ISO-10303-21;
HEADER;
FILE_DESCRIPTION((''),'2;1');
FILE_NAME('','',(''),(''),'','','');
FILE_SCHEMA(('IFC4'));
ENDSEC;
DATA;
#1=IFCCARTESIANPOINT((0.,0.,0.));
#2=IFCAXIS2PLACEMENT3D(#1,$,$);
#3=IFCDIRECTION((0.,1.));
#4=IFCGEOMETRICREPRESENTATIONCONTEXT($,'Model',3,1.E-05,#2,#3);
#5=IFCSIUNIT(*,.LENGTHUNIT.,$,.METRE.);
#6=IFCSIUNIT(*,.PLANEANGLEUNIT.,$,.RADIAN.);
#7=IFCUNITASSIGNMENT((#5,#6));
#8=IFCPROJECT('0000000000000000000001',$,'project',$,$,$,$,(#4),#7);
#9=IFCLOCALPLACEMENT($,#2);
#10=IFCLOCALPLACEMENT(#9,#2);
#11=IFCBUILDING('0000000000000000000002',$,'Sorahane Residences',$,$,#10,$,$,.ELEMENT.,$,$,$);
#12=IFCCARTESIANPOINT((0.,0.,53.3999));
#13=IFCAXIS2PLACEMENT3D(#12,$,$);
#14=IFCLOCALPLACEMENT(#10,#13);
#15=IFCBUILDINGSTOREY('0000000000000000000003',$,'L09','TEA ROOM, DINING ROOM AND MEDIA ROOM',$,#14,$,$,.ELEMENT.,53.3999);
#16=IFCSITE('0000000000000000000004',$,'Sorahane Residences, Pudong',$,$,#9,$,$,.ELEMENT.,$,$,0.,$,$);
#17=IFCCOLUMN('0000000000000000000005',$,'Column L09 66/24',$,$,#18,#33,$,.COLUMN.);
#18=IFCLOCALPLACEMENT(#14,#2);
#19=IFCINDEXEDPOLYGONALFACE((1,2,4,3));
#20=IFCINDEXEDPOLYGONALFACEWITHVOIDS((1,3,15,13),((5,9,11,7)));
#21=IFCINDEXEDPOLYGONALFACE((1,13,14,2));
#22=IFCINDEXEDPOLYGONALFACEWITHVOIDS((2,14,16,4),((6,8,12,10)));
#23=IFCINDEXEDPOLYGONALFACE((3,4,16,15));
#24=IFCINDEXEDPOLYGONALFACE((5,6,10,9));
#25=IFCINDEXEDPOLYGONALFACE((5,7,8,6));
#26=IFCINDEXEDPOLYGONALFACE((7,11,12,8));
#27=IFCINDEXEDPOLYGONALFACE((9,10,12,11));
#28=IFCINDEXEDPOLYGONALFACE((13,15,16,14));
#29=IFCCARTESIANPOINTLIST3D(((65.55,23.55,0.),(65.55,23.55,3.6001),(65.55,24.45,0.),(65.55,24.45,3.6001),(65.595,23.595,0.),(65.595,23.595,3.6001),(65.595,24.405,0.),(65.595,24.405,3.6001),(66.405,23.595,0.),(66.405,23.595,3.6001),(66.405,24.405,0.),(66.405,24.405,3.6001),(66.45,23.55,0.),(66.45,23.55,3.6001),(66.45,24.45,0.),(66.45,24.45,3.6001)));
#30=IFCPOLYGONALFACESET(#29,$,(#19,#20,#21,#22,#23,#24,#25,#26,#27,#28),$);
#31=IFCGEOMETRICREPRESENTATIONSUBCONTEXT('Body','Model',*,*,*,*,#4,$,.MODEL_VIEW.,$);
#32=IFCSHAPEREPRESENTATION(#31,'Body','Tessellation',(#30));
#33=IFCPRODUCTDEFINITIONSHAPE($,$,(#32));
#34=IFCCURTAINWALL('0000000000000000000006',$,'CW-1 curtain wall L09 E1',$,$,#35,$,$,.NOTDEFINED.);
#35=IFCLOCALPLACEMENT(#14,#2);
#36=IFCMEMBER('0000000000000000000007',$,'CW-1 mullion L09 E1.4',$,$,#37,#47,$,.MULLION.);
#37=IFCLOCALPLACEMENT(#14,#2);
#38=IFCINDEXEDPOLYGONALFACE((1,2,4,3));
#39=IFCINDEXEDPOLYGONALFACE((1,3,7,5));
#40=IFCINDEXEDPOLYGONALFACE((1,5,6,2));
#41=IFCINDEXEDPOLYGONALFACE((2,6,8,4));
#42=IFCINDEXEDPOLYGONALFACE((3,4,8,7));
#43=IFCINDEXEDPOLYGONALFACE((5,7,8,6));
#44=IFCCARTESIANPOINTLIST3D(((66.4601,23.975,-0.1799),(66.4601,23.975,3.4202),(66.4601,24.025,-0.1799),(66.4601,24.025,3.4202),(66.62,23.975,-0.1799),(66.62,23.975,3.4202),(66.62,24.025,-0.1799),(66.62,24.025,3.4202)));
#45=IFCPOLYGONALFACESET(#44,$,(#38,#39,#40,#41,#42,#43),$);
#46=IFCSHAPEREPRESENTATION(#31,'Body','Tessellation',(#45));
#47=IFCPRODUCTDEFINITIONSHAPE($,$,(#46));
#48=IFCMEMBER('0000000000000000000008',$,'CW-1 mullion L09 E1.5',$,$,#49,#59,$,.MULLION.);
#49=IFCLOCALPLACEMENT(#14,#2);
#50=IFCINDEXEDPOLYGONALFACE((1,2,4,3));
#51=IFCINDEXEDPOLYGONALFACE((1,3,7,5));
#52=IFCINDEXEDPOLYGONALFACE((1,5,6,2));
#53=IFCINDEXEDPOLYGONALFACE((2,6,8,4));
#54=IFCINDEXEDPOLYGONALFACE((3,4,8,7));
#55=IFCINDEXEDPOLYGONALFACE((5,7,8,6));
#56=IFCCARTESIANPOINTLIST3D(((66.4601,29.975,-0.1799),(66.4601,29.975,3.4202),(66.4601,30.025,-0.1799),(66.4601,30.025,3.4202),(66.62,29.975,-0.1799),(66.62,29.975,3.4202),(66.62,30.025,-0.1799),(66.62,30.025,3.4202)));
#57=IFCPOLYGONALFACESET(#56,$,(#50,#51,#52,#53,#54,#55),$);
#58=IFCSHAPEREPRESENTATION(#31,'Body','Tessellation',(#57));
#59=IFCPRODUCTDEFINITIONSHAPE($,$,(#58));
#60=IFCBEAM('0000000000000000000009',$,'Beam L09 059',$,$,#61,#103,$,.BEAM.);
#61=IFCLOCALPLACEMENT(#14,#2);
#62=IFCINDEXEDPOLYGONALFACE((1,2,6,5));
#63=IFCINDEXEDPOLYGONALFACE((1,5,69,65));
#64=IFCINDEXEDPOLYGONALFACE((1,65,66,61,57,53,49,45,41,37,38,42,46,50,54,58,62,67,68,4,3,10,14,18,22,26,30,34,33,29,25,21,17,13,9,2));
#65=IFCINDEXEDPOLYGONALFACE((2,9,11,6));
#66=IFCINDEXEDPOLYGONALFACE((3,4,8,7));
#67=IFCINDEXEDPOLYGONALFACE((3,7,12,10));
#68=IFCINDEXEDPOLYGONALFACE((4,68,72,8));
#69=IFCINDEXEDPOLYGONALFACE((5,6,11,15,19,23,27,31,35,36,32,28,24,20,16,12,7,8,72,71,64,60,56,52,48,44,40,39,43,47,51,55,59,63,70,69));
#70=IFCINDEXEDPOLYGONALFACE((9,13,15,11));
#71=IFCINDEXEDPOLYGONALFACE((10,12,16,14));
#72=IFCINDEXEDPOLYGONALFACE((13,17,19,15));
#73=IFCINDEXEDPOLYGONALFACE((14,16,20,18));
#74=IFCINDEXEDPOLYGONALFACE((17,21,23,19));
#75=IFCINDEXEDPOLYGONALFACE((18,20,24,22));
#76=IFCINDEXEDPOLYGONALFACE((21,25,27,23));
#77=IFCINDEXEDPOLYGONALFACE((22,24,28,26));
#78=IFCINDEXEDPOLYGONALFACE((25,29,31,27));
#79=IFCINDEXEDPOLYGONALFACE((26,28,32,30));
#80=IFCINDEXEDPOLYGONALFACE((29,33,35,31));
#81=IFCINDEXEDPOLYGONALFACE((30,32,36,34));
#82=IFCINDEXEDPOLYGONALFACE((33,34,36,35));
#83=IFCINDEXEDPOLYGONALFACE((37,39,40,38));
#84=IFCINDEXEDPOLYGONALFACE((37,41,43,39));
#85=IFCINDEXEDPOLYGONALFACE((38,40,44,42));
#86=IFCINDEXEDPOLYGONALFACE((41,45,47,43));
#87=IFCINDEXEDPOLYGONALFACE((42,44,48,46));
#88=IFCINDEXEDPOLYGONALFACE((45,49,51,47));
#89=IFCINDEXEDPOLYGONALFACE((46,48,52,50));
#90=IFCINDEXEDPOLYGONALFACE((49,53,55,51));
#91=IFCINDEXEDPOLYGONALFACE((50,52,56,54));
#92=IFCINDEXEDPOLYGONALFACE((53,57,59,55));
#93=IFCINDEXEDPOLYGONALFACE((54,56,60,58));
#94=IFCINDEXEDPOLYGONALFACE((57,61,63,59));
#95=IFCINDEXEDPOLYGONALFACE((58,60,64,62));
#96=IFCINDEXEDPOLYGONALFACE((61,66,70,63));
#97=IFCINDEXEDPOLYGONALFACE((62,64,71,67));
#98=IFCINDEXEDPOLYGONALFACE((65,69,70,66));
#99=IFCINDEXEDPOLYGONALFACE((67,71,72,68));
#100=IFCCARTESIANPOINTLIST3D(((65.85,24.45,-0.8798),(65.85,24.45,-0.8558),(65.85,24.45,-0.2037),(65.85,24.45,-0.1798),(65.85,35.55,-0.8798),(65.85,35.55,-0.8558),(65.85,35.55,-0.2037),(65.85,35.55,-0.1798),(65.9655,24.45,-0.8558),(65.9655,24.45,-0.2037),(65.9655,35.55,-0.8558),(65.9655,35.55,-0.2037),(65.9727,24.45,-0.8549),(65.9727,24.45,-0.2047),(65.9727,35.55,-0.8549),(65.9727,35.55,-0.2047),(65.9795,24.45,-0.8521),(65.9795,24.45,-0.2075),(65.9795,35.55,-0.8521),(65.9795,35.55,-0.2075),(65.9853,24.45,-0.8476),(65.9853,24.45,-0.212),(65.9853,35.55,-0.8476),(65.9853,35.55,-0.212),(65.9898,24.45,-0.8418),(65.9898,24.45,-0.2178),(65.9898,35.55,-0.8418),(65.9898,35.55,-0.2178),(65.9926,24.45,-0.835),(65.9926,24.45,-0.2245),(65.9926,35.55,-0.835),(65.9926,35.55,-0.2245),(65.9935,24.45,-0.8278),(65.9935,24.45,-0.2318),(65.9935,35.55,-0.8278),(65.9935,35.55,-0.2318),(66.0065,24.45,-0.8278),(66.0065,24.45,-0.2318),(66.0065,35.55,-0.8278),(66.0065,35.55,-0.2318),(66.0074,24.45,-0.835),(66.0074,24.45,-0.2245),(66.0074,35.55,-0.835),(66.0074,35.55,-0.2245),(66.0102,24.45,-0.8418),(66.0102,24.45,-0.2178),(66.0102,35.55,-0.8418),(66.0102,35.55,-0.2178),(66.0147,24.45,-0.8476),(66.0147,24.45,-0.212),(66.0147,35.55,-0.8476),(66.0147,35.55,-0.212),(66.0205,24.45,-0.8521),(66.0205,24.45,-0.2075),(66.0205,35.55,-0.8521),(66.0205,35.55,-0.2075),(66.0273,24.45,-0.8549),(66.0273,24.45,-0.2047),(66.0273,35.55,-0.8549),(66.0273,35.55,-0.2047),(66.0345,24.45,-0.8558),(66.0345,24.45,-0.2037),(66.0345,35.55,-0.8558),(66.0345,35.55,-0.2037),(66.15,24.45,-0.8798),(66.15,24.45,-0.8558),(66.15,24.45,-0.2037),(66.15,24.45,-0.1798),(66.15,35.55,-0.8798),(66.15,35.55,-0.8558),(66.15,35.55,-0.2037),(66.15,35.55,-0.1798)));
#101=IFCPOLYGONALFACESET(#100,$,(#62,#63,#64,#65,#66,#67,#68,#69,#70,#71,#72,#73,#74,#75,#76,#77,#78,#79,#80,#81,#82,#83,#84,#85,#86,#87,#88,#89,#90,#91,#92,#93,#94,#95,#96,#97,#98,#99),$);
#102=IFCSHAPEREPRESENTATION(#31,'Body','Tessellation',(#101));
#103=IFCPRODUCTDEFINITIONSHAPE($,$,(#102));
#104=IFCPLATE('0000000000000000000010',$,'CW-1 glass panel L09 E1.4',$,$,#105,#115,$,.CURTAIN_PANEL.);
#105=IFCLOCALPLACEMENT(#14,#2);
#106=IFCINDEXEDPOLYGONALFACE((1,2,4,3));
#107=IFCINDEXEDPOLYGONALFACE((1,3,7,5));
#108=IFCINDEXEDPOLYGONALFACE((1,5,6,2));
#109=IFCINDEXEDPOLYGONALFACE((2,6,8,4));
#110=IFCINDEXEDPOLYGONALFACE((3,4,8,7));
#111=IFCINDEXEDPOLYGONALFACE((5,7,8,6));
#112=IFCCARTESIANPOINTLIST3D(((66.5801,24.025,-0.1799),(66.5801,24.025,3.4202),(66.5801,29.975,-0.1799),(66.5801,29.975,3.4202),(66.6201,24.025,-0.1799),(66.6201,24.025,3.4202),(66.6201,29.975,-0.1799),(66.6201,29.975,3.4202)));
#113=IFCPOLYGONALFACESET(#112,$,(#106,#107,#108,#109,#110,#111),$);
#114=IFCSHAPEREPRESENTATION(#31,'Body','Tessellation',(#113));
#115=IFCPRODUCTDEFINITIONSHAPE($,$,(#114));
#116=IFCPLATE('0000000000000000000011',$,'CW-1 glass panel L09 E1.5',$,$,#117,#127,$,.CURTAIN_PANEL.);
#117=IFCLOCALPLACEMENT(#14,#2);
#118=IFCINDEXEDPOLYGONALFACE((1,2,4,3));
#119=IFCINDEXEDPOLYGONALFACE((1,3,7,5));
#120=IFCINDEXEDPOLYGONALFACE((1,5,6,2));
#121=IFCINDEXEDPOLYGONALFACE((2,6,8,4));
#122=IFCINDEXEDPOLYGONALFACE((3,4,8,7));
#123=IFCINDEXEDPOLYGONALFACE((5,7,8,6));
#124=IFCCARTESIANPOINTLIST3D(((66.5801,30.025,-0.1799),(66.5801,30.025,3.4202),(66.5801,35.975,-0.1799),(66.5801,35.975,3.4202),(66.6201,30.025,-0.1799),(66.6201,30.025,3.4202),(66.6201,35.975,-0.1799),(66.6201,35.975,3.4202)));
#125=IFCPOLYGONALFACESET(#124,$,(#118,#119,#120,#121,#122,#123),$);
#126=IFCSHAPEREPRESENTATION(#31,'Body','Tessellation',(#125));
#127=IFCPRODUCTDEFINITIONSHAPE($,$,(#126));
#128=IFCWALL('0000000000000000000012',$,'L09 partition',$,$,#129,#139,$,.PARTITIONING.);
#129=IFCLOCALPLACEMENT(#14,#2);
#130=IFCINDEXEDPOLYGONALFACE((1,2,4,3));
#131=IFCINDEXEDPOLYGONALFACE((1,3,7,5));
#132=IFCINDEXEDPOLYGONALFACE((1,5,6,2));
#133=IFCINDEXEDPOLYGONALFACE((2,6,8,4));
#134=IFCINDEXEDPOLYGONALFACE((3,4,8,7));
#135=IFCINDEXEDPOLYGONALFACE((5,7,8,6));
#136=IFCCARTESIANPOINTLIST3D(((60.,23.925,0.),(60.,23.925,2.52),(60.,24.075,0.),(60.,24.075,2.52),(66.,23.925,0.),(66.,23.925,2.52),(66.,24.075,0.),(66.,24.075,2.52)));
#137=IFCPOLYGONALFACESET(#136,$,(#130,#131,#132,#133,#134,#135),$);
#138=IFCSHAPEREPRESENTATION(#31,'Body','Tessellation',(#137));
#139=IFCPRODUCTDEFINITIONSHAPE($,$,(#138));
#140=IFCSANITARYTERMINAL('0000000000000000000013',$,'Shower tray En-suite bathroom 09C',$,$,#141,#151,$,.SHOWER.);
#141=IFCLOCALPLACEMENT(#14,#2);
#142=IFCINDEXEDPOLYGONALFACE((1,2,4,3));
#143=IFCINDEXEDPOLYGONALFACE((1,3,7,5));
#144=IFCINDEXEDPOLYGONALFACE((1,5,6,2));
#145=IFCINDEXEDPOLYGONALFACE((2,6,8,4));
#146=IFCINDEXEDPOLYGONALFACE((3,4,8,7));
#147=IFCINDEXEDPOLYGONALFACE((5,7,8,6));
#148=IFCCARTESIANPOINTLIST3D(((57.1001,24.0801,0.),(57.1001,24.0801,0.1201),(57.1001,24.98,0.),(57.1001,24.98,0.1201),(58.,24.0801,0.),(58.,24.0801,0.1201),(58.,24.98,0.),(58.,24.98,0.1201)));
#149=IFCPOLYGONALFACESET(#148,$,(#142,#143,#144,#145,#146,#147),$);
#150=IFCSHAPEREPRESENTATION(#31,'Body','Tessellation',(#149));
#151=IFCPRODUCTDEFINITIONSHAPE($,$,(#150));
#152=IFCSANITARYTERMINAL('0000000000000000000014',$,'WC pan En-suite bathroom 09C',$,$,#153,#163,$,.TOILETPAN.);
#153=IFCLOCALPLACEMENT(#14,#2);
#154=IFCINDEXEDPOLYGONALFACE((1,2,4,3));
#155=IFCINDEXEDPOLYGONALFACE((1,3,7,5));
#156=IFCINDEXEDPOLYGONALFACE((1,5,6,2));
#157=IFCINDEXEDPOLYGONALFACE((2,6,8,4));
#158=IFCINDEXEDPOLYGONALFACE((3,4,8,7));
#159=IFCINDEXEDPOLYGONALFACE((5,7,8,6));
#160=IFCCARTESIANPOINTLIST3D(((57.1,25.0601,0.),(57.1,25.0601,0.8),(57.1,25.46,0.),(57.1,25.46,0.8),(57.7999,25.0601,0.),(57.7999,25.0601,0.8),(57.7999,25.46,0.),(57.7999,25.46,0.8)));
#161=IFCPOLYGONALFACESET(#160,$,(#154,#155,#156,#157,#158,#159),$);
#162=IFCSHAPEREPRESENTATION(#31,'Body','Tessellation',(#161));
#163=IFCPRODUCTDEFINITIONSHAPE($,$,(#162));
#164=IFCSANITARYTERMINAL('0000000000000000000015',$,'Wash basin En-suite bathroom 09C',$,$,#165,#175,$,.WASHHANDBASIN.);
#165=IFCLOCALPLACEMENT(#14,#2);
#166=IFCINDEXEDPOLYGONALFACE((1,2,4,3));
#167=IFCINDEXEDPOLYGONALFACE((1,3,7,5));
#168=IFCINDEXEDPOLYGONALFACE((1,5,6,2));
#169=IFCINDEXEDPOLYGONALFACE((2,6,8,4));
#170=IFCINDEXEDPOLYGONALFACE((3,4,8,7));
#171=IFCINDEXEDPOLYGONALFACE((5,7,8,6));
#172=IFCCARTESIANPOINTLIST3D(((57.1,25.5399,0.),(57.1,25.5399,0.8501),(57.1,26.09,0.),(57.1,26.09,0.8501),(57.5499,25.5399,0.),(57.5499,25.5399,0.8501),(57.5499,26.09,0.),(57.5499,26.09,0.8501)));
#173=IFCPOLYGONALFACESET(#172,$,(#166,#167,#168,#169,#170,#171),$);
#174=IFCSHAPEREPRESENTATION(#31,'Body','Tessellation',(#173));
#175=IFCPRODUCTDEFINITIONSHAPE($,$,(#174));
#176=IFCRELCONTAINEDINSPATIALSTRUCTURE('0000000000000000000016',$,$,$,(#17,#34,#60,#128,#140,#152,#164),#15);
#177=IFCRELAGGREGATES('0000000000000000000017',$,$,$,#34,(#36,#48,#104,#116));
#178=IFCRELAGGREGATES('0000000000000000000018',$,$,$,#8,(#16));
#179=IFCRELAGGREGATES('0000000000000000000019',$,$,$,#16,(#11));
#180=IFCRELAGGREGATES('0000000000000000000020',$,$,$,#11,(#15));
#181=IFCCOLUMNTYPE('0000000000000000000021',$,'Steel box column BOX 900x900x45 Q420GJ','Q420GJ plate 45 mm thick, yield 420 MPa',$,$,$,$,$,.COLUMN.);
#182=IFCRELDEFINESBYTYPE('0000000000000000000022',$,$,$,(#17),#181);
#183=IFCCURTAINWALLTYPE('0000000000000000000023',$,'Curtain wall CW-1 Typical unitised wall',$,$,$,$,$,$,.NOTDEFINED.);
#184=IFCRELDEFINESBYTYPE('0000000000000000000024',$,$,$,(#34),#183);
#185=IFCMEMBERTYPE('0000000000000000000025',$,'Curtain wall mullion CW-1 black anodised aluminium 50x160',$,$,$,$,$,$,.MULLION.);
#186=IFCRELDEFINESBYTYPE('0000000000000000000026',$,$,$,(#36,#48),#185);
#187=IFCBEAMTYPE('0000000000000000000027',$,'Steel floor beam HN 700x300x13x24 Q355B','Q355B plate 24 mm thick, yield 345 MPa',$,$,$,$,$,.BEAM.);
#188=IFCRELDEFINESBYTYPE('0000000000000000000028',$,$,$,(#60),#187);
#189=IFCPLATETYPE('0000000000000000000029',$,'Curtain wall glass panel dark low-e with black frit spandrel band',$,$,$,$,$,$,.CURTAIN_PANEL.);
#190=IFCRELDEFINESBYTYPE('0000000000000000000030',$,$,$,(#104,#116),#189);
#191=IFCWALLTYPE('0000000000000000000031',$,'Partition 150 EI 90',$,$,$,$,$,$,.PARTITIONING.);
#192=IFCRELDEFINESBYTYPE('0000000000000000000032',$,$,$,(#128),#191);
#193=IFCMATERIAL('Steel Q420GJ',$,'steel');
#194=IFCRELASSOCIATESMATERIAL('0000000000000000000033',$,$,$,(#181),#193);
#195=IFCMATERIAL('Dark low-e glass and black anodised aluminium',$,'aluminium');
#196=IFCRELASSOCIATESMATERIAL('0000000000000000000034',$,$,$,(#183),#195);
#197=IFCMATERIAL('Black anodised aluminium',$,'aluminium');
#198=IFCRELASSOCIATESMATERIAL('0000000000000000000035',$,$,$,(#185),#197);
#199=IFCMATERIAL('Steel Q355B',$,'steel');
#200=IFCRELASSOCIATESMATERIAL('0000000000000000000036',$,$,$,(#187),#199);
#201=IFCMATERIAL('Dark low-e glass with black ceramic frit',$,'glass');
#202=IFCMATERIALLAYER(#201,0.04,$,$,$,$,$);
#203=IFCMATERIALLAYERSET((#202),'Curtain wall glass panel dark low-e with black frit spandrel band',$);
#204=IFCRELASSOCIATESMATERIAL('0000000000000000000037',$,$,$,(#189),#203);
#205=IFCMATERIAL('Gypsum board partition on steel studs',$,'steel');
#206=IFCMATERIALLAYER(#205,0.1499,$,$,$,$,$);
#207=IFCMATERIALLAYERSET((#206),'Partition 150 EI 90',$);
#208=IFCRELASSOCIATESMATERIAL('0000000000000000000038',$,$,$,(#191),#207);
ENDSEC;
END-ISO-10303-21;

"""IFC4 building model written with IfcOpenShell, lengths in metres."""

from ifc_helpers import new_model, si_unit, direction, frame, frame_2d, origin, origin_2d, place, context, subcontext, project, spatial, rectangle, hollow_rectangle, i_section, extrude, material, layer, layer_set, material_profile, profile_set, type_object, element, aggregate, save


model = new_model("IFC4")

# Units and contexts
model_context = context("Model", 3, precision=1e-05, world=origin(), true_north=direction((0.0, 1.0)))
body_context = subcontext(model_context, "Body", "Model", "MODEL_VIEW")
ifc_project = project(units=[si_unit("LENGTHUNIT", "METRE"), si_unit("PLANEANGLEUNIT", "RADIAN")], contexts=[model_context])

# Site, building, storey
site_placement = place(None, origin())
site = spatial("IfcSite", under=ifc_project, at=site_placement, Name="Sorahane Residences, Pudong", CompositionType="ELEMENT", RefElevation=0.0)
building_placement = place(site_placement, origin())
building = spatial("IfcBuilding", under=site, at=building_placement, Name="Sorahane Residences", CompositionType="ELEMENT")
storey_placement = place(building_placement, frame((0.0, 0.0, 53.3999)))
storey = spatial("IfcBuildingStorey", under=building, at=storey_placement, Name="L09", Description="TEA ROOM, DINING ROOM AND MEDIA ROOM", CompositionType="ELEMENT", Elevation=53.3999)

# Column
ifc_material_1 = material(Name="Steel Q420GJ", Category="steel")
ifc_material_profile_1 = material_profile(ifc_material_1, hollow_rectangle(XDim=0.8999, YDim=0.8999, WallThickness=0.0449, at=origin_2d()), Name="BOX 900x900x45")
ifc_profile_set_1 = profile_set([ifc_material_profile_1], Name="Steel Q420GJ")
column_type = type_object("IfcColumnType", Name="Steel box column BOX 900x900x45 Q420GJ", Description="Q420GJ plate 45 mm thick, yield 420 MPa", PredefinedType="COLUMN", material=ifc_profile_set_1)
column_placement = place(storey_placement, frame((66.0, 24.0, 0.0), z_axis=(0.0, 0.0, 1.0), x_axis=(1.0, 0.0, 0.0)))
element("IfcColumn", 1, at=column_placement, inside=storey, type_object=column_type, Name="Column L09 66/24", PredefinedType="COLUMN", context=body_context, shape_type="SweptSolid", body=[
    extrude(hollow_rectangle(XDim=0.8999, YDim=0.8999, WallThickness=0.0449, at=origin_2d()), origin(), (0.0, 0.0, 1.0), 3.6001),
])

# Curtain wall, members
ifc_material_2 = material(Name="Dark low-e glass and black anodised aluminium", Category="aluminium")
curtain_wall_type = type_object("IfcCurtainWallType", Name="Curtain wall CW-1 Typical unitised wall", PredefinedType="NOTDEFINED", material=ifc_material_2)
curtain_wall_placement = place(storey_placement, origin())
curtain_wall = element("IfcCurtainWall", 2, at=curtain_wall_placement, inside=storey, type_object=curtain_wall_type, Name="CW-1 curtain wall L09 E1", PredefinedType="NOTDEFINED")
ifc_material_3 = material(Name="Black anodised aluminium", Category="aluminium")
ifc_material_profile_2 = material_profile(ifc_material_3, rectangle(XDim=0.1599, YDim=0.05, at=origin_2d()), Name="Curtain wall mullion CW-1 black anodised aluminium 50x160")
ifc_profile_set_2 = profile_set([ifc_material_profile_2], Name="Black anodised aluminium")
member_type = type_object("IfcMemberType", Name="Curtain wall mullion CW-1 black anodised aluminium 50x160", PredefinedType="MULLION", material=ifc_profile_set_2)
member_1_placement = place(storey_placement, frame((66.54, 24.0, -0.1799), z_axis=(0.0, 0.0, 1.0), x_axis=(1.0, 0.0, 0.0)))
member_1 = element("IfcMember", 3, at=member_1_placement, type_object=member_type, Name="CW-1 mullion L09 E1.4", PredefinedType="MULLION", context=body_context, shape_type="SweptSolid", body=[
    extrude(rectangle(XDim=0.1599, YDim=0.05, at=origin_2d()), origin(), (0.0, 0.0, 1.0), 3.6001),
])
member_2_placement = place(storey_placement, frame((66.54, 30.0, -0.1799), z_axis=(0.0, 0.0, 1.0), x_axis=(1.0, 0.0, 0.0)))
member_2 = element("IfcMember", 4, at=member_2_placement, type_object=member_type, Name="CW-1 mullion L09 E1.5", PredefinedType="MULLION", context=body_context, shape_type="SweptSolid", body=[
    extrude(rectangle(XDim=0.1599, YDim=0.05, at=origin_2d()), origin(), (0.0, 0.0, 1.0), 3.6001),
])

# Beam
ifc_material_4 = material(Name="Steel Q355B", Category="steel")
ifc_material_profile_3 = material_profile(ifc_material_4, i_section(OverallWidth=0.3, OverallDepth=0.7, WebThickness=0.0129, FlangeThickness=0.0239, FilletRadius=0.0281, at=origin_2d()), Name="HN 700x300x13x24")
ifc_profile_set_3 = profile_set([ifc_material_profile_3], Name="Steel Q355B")
beam_type = type_object("IfcBeamType", Name="Steel floor beam HN 700x300x13x24 Q355B", Description="Q355B plate 24 mm thick, yield 345 MPa", PredefinedType="BEAM", material=ifc_profile_set_3)
beam_placement = place(storey_placement, frame((66.0, 24.45, -0.5298), z_axis=(0.0, 1.0, 0.0), x_axis=(-1.0, 0.0, 0.0)))
element("IfcBeam", 5, at=beam_placement, inside=storey, type_object=beam_type, Name="Beam L09 059", PredefinedType="BEAM", context=body_context, shape_type="SweptSolid", body=[
    extrude(i_section(OverallWidth=0.3, OverallDepth=0.7, WebThickness=0.0129, FlangeThickness=0.0239, FilletRadius=0.0281, at=origin_2d()), origin(), (0.0, 0.0, 1.0), 11.1001),
])

# Plates
ifc_material_5 = material(Name="Dark low-e glass with black ceramic frit", Category="glass")
ifc_layer_1 = layer(ifc_material_5, 0.04)
ifc_layer_set_1 = layer_set([ifc_layer_1], Name="Curtain wall glass panel dark low-e with black frit spandrel band")
plate_type = type_object("IfcPlateType", Name="Curtain wall glass panel dark low-e with black frit spandrel band", PredefinedType="CURTAIN_PANEL", material=ifc_layer_set_1)
plate_1_placement = place(storey_placement, frame((66.6001, 27.0, -0.1799), z_axis=(0.0, 0.0, 1.0), x_axis=(0.0, 1.0, 0.0)))
plate_1 = element("IfcPlate", 6, at=plate_1_placement, type_object=plate_type, Name="CW-1 glass panel L09 E1.4", PredefinedType="CURTAIN_PANEL", context=body_context, shape_type="SweptSolid", body=[
    extrude(rectangle(XDim=5.95, YDim=0.04, at=origin_2d()), origin(), (0.0, 0.0, 1.0), 3.6001),
])
plate_2_placement = place(storey_placement, frame((66.6001, 33.0, -0.1799), z_axis=(0.0, 0.0, 1.0), x_axis=(0.0, 1.0, 0.0)))
plate_2 = element("IfcPlate", 7, at=plate_2_placement, type_object=plate_type, Name="CW-1 glass panel L09 E1.5", PredefinedType="CURTAIN_PANEL", context=body_context, shape_type="SweptSolid", body=[
    extrude(rectangle(XDim=5.95, YDim=0.04, at=origin_2d()), origin(), (0.0, 0.0, 1.0), 3.6001),
])
aggregate(curtain_wall, [member_1, member_2, plate_1, plate_2])

# Shared definitions
ifc_material_6 = material(Name="Gypsum board partition on steel studs", Category="steel")
ifc_layer_2 = layer(ifc_material_6, 0.1499)
ifc_layer_set_2 = layer_set([ifc_layer_2], Name="Partition 150 EI 90")
wall_type_1 = type_object("IfcWallType", Name="Partition 150 EI 90", PredefinedType="PARTITIONING", material=ifc_layer_set_2)

# Wall
wall_1_placement = place(storey_placement, frame((60.0, 24.0, 0.0), z_axis=(0.0, 0.0, 1.0), x_axis=(1.0, 0.0, 0.0)))
element("IfcWall", 8, at=wall_1_placement, inside=storey, type_object=wall_type_1, Name="L09 partition", PredefinedType="PARTITIONING", context=body_context, shape_type="SweptSolid", body=[
    extrude(rectangle(XDim=6.0, YDim=0.1499, at=frame_2d((3.0, 0.0))), origin(), (0.0, 0.0, 1.0), 2.52),
])

# Sanitary terminals
sanitary_terminal_1_placement = place(storey_placement, frame((57.55, 24.53, 0.0), z_axis=(0.0, 0.0, 1.0), x_axis=(0.0, 1.0, 0.0)))
element("IfcSanitaryTerminal", 9, at=sanitary_terminal_1_placement, inside=storey, Name="Shower tray En-suite bathroom 09C", PredefinedType="SHOWER", context=body_context, shape_type="SweptSolid", body=[
    extrude(rectangle(XDim=0.8999, YDim=0.8999, at=origin_2d()), origin(), (0.0, 0.0, 1.0), 0.1201),
])
sanitary_terminal_2_placement = place(storey_placement, frame((57.45, 25.26, 0.0), z_axis=(0.0, 0.0, 1.0), x_axis=(0.0, 1.0, 0.0)))
element("IfcSanitaryTerminal", 10, at=sanitary_terminal_2_placement, inside=storey, Name="WC pan En-suite bathroom 09C", PredefinedType="TOILETPAN", context=body_context, shape_type="SweptSolid", body=[
    extrude(rectangle(XDim=0.3999, YDim=0.7, at=origin_2d()), origin(), (0.0, 0.0, 1.0), 0.8),
])
sanitary_terminal_3_placement = place(storey_placement, frame((57.325, 25.8149, 0.0), z_axis=(0.0, 0.0, 1.0), x_axis=(0.0, 1.0, 0.0)))
element("IfcSanitaryTerminal", 11, at=sanitary_terminal_3_placement, inside=storey, Name="Wash basin En-suite bathroom 09C", PredefinedType="WASHHANDBASIN", context=body_context, shape_type="SweptSolid", body=[
    extrude(rectangle(XDim=0.55, YDim=0.45, at=origin_2d()), origin(), (0.0, 0.0, 1.0), 0.8501),
])

save(model, "model.ifc")
